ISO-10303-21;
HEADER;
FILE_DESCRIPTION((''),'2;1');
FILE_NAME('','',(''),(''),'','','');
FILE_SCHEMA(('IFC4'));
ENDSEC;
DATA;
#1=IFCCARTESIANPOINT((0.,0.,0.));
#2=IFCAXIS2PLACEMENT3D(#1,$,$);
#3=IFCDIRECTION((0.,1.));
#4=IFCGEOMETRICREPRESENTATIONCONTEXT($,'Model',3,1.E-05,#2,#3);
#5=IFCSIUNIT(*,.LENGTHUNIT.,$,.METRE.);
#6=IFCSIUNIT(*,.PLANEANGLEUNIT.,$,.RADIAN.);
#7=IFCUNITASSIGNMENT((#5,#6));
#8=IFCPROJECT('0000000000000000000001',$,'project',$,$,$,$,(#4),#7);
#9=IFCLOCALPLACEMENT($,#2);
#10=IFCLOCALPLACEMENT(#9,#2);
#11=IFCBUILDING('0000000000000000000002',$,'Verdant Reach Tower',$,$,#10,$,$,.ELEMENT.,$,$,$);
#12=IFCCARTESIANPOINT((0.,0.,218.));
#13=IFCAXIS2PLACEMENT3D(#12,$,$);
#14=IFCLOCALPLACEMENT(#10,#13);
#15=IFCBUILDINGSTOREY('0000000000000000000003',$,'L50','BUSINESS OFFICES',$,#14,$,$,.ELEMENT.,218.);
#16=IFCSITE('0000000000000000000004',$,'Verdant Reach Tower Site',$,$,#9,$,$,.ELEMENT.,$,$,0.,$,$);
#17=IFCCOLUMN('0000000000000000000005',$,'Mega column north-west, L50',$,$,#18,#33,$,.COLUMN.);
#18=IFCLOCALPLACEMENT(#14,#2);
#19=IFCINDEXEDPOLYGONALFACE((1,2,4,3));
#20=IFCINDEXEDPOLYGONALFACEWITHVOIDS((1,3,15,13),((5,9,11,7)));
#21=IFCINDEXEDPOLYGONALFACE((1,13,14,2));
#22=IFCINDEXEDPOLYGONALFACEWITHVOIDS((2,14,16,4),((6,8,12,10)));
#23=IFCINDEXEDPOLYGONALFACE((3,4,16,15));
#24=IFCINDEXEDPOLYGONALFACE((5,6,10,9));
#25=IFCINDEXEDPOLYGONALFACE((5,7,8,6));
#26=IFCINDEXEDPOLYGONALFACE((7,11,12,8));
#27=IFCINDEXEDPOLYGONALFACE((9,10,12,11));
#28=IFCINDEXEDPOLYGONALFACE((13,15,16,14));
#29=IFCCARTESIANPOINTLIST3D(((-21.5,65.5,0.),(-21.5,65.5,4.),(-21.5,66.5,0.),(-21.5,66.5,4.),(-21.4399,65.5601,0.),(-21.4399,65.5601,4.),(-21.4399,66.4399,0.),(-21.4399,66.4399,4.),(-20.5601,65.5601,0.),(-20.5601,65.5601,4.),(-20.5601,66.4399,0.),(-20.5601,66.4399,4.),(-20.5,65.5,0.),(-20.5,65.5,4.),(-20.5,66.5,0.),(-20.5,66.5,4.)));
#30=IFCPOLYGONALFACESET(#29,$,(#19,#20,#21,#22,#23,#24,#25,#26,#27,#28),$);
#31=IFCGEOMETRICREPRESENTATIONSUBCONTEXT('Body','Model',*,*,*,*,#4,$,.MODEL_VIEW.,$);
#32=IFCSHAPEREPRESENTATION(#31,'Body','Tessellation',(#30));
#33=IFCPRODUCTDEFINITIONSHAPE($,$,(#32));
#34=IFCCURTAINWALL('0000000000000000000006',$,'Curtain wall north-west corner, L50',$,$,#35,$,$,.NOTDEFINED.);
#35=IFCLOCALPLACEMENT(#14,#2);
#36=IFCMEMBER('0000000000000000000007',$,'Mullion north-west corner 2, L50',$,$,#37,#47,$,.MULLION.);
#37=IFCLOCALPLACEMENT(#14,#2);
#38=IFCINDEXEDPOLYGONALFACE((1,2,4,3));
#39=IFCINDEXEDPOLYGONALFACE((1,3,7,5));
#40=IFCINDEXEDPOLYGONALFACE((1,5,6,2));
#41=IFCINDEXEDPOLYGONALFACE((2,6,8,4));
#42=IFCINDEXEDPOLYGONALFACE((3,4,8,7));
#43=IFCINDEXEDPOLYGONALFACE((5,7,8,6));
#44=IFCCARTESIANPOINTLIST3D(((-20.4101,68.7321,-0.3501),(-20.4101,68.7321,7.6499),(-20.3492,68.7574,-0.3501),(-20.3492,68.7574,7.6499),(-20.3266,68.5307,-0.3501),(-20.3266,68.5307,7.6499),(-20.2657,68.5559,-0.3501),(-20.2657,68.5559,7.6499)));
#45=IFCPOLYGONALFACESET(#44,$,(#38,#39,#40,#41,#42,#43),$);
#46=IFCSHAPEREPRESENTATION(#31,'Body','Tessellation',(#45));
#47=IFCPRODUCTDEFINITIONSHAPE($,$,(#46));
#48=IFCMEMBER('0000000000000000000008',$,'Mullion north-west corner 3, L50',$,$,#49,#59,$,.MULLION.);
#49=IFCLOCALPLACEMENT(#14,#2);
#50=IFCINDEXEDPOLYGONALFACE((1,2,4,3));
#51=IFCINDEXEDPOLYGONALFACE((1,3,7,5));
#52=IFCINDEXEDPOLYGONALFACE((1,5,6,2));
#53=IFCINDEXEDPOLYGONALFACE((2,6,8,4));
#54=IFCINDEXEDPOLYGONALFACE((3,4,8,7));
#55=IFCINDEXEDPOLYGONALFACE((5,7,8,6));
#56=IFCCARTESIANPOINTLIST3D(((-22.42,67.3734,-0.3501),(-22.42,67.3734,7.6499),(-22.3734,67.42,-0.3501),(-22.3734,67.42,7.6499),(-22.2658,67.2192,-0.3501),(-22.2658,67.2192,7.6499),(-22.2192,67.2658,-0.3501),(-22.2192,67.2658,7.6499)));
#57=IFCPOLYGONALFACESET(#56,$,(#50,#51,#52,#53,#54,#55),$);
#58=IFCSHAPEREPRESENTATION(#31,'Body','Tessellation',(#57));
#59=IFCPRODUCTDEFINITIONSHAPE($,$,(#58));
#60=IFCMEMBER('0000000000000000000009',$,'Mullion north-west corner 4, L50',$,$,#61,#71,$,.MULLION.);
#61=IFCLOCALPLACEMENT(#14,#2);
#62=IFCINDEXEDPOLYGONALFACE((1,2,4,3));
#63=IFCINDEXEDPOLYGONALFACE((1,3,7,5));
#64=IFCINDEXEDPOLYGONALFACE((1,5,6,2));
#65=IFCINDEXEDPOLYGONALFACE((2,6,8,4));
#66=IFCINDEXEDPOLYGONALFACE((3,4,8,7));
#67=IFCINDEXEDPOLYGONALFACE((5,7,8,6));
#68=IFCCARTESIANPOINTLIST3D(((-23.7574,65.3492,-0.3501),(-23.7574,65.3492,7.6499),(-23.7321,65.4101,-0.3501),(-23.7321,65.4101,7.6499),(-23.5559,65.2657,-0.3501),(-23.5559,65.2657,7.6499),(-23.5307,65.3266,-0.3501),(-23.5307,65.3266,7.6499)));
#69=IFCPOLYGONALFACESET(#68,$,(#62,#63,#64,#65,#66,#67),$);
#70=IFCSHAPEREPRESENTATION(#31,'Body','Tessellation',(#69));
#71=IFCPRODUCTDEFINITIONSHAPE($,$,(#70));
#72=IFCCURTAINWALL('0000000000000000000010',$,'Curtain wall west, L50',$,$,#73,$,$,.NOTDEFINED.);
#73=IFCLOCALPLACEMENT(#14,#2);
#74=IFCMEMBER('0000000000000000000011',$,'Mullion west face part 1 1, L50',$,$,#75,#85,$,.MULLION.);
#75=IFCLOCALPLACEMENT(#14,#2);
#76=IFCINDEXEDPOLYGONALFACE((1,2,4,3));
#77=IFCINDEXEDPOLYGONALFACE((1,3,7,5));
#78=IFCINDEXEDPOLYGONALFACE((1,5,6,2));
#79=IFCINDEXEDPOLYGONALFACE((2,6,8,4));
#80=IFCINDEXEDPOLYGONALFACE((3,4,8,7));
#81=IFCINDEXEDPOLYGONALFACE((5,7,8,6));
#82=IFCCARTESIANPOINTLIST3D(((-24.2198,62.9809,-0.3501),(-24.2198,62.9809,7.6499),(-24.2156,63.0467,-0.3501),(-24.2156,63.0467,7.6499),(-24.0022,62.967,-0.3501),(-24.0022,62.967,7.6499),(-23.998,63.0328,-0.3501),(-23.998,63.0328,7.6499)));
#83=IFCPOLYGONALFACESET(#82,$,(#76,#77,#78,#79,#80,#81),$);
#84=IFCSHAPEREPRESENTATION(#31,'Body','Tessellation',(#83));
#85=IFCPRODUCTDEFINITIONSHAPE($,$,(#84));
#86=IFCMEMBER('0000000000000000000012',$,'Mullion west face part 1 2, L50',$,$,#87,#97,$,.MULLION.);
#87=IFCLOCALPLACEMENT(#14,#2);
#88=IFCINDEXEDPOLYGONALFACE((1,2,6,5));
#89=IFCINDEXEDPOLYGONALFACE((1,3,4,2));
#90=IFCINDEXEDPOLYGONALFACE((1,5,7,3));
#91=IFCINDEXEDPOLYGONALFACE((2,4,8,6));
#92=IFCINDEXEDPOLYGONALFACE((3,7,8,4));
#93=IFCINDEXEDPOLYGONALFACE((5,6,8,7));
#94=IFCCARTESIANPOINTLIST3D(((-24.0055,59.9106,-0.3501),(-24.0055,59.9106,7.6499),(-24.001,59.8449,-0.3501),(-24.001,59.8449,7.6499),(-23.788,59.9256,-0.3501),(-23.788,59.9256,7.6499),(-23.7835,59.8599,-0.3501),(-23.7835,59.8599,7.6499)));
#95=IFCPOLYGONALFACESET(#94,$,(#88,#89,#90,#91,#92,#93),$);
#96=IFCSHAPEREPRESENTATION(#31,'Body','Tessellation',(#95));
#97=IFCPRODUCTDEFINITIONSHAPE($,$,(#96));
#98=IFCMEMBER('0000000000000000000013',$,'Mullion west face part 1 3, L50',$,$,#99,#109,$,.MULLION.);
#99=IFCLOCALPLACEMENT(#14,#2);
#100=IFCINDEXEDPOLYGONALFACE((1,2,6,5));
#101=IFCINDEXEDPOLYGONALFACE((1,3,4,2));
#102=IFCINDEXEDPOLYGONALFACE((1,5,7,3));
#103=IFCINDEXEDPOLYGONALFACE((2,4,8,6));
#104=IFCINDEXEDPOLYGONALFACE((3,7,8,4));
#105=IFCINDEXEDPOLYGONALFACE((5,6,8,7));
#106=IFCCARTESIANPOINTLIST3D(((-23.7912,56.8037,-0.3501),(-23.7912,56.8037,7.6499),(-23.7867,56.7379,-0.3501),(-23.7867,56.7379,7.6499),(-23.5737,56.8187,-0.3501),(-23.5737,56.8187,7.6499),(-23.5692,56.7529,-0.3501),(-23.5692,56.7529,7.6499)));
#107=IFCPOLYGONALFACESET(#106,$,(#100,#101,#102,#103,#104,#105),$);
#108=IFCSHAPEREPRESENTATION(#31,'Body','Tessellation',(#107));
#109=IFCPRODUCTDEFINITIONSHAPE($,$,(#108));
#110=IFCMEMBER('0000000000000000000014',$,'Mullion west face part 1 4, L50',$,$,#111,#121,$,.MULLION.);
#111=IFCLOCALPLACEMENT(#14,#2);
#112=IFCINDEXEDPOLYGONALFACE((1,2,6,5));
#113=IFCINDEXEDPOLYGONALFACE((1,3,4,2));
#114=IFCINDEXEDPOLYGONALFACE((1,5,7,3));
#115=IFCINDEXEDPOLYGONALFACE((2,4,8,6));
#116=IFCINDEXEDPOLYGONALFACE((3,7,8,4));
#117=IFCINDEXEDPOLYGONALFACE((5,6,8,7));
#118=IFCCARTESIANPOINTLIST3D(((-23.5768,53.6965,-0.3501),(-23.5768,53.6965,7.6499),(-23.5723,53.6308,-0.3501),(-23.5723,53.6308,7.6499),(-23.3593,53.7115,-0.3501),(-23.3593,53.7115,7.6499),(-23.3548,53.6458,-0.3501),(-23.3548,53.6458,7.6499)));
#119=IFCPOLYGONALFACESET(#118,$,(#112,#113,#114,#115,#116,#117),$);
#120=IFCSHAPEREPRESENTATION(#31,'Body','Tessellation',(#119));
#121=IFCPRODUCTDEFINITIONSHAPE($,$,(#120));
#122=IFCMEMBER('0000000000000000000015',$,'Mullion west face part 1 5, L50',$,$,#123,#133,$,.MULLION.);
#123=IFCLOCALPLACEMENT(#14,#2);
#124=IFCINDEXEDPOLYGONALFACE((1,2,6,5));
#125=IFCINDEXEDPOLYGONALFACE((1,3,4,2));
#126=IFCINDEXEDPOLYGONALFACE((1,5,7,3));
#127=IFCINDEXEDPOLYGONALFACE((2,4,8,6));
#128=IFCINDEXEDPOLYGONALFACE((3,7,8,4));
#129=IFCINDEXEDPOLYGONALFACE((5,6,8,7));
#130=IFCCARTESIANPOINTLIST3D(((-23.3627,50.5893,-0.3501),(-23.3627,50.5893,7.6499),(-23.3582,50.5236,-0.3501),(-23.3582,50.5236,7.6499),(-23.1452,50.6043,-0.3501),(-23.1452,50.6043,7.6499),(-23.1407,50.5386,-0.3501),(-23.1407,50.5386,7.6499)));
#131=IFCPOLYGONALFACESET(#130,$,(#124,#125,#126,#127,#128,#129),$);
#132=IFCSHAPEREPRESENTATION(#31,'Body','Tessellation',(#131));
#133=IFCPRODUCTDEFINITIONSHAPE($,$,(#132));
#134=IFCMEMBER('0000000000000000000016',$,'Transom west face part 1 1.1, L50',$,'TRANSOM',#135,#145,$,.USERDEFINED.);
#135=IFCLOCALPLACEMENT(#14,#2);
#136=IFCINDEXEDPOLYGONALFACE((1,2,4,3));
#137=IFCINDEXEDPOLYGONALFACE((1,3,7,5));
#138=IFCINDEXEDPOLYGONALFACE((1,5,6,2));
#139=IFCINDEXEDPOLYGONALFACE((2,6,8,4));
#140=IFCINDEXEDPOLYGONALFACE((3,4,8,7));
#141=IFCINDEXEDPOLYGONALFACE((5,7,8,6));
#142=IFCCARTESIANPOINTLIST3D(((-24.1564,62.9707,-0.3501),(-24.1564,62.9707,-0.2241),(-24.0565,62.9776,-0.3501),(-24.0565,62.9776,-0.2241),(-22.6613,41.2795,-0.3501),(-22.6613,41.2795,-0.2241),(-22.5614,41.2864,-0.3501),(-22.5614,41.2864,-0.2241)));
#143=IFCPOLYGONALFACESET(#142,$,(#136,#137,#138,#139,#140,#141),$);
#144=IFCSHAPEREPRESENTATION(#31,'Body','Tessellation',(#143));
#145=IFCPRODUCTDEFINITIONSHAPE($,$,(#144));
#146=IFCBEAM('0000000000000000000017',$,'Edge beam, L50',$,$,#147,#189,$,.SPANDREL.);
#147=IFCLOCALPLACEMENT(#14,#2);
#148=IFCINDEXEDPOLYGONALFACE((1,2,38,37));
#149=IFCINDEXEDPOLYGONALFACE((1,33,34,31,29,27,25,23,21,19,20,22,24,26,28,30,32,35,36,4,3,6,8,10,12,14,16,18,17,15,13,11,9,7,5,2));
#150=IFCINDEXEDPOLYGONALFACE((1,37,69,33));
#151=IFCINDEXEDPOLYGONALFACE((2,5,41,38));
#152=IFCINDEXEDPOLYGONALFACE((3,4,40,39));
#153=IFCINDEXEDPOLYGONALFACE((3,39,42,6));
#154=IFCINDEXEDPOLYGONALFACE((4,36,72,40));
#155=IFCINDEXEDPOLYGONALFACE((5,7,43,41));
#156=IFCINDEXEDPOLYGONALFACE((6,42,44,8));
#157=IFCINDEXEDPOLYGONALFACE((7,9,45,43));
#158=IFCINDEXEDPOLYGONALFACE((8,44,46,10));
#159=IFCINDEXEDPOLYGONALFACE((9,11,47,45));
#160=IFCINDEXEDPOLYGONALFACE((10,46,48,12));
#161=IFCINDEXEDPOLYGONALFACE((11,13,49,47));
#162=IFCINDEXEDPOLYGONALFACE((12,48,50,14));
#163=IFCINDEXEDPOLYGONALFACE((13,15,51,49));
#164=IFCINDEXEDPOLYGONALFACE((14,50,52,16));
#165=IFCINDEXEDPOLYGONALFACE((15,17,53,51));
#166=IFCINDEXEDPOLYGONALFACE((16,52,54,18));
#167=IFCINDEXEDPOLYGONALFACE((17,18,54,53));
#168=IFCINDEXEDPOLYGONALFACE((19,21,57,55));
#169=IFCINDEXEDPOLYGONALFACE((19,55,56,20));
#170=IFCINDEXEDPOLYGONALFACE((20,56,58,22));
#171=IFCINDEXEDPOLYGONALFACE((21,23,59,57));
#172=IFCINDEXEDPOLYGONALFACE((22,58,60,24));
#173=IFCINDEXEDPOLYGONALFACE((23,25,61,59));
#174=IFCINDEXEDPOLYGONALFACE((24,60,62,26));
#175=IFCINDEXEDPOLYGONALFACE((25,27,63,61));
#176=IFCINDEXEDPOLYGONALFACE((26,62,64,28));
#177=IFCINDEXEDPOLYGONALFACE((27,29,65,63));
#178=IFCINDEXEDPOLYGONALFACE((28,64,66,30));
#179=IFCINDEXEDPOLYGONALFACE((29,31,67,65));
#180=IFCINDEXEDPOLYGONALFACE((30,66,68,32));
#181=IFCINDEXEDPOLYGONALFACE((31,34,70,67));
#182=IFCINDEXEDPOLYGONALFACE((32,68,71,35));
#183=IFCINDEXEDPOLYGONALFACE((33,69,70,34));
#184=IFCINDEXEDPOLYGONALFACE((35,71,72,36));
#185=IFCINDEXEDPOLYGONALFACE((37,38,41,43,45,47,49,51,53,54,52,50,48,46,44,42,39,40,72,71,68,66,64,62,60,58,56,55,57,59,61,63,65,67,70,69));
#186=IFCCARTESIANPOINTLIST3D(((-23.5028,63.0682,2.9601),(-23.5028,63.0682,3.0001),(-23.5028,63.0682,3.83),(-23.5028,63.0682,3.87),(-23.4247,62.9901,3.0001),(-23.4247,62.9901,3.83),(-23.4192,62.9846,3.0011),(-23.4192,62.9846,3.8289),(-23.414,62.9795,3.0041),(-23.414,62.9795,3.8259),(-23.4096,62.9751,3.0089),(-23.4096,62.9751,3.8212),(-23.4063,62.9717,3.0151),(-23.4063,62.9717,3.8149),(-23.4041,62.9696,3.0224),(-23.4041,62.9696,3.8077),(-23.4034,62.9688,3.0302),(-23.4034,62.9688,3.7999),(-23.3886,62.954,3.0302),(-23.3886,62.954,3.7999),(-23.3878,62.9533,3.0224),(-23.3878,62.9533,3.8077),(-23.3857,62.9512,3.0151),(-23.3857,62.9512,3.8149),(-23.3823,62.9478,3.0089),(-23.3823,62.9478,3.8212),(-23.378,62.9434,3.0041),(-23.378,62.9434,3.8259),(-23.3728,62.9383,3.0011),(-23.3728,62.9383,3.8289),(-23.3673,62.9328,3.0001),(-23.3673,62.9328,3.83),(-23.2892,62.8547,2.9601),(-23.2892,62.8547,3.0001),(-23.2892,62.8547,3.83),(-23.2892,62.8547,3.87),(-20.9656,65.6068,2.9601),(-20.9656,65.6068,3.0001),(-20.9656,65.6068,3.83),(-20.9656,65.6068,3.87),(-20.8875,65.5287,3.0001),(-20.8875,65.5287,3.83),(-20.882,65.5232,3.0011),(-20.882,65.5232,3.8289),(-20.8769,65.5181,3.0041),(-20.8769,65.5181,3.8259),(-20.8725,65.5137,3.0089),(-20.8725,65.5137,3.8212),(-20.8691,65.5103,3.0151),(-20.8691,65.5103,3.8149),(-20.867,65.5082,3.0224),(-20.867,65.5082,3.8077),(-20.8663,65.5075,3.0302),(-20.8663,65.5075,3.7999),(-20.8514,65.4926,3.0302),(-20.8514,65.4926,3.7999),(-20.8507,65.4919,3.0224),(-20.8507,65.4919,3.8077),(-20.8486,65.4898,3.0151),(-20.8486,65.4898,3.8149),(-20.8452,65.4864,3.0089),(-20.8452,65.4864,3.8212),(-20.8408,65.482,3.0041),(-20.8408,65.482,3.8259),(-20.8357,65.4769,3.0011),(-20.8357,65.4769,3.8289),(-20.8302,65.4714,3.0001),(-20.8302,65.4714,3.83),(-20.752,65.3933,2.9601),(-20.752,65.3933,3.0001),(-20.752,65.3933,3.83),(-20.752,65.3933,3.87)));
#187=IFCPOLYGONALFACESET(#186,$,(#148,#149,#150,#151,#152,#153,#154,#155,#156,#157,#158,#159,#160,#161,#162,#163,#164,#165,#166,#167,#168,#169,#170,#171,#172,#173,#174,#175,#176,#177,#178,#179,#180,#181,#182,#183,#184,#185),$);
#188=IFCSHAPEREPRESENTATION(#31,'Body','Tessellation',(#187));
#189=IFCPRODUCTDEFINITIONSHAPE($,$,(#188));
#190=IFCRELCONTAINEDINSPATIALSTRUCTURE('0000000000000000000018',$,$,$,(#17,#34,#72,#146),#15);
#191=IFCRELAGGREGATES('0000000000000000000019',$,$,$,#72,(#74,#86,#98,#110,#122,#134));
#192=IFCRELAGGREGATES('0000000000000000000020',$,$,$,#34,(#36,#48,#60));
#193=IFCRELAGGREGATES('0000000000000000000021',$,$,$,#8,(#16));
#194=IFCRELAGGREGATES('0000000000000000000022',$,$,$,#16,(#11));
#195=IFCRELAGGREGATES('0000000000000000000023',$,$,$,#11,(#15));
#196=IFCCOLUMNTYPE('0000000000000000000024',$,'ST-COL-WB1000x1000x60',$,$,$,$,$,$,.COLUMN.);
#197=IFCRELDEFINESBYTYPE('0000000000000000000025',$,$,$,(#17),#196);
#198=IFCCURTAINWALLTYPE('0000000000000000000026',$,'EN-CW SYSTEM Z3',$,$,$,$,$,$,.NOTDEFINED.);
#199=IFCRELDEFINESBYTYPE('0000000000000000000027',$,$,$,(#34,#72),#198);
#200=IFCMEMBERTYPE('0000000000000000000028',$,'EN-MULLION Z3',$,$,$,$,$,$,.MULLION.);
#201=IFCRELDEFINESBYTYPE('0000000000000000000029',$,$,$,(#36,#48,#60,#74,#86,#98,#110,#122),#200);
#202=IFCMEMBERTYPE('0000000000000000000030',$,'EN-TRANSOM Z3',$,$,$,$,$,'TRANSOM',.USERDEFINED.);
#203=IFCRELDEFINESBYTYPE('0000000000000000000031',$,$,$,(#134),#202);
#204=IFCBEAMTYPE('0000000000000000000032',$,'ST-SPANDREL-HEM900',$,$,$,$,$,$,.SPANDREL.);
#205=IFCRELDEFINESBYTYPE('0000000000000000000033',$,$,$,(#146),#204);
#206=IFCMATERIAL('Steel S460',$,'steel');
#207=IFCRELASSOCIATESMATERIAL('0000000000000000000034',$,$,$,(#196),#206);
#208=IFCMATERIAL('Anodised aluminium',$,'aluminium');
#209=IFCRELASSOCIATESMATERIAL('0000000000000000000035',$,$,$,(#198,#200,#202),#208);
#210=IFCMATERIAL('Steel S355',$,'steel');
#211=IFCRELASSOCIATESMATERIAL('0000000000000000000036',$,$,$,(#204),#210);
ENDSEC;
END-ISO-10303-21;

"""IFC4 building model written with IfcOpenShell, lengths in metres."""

from ifc_helpers import new_model, si_unit, direction, frame, origin, origin_2d, place, context, subcontext, project, spatial, rectangle, hollow_rectangle, i_section, extrude, material, material_profile, profile_set, type_object, element, aggregate, save


model = new_model("IFC4")

# Units and contexts
model_context = context("Model", 3, precision=1e-05, world=origin(), true_north=direction((0.0, 1.0)))
body_context = subcontext(model_context, "Body", "Model", "MODEL_VIEW")
ifc_project = project(units=[si_unit("LENGTHUNIT", "METRE"), si_unit("PLANEANGLEUNIT", "RADIAN")], contexts=[model_context])

# Site, building, storey
site_placement = place(None, origin())
site = spatial("IfcSite", under=ifc_project, at=site_placement, Name="Verdant Reach Tower Site", CompositionType="ELEMENT", RefElevation=0.0)
building_placement = place(site_placement, origin())
building = spatial("IfcBuilding", under=site, at=building_placement, Name="Verdant Reach Tower", CompositionType="ELEMENT")
storey_placement = place(building_placement, frame((0.0, 0.0, 218.0)))
storey = spatial("IfcBuildingStorey", under=building, at=storey_placement, Name="L50", Description="BUSINESS OFFICES", CompositionType="ELEMENT", Elevation=218.0)

# Column
ifc_material_1 = material(Name="Steel S460", Category="steel")
ifc_material_profile_1 = material_profile(ifc_material_1, hollow_rectangle(XDim=1.0, YDim=1.0, WallThickness=0.0601, at=origin_2d()), Name="WB 1000x1000x60")
ifc_profile_set_1 = profile_set([ifc_material_profile_1], Name="Steel S460")
column_type = type_object("IfcColumnType", Name="ST-COL-WB1000x1000x60", PredefinedType="COLUMN", material=ifc_profile_set_1)
column_placement = place(storey_placement, frame((-21.0, 66.0, 0.0), z_axis=(0.0, 0.0, 1.0), x_axis=(1.0, 0.0, 0.0)))
element("IfcColumn", 1, at=column_placement, inside=storey, type_object=column_type, Name="Mega column north-west, L50", PredefinedType="COLUMN", context=body_context, shape_type="SweptSolid", body=[
    extrude(hollow_rectangle(XDim=1.0, YDim=1.0, WallThickness=0.0601, at=origin_2d()), origin(), (0.0, 0.0, 1.0), 4.0),
])

# Curtain walls, members
ifc_material_2 = material(Name="Anodised aluminium", Category="aluminium")
curtain_wall_type = type_object("IfcCurtainWallType", Name="EN-CW SYSTEM Z3", PredefinedType="NOTDEFINED", material=ifc_material_2)
curtain_wall_1_placement = place(storey_placement, origin())
curtain_wall_1 = element("IfcCurtainWall", 2, at=curtain_wall_1_placement, inside=storey, type_object=curtain_wall_type, Name="Curtain wall north-west corner, L50", PredefinedType="NOTDEFINED")
ifc_material_profile_2 = material_profile(ifc_material_2, rectangle(XDim=0.218, YDim=0.0659, at=origin_2d()), Name="Mullion 66x218")
ifc_profile_set_2 = profile_set([ifc_material_profile_2], Name="Anodised aluminium")
member_type_1 = type_object("IfcMemberType", Name="EN-MULLION Z3", PredefinedType="MULLION", material=ifc_profile_set_2)
member_1_placement = place(storey_placement, frame((-20.3379, 68.644, -0.3501), z_axis=(0.0, 0.0, 1.0), x_axis=(-0.382694, 0.923875, 0.0)))
member_1 = element("IfcMember", 3, at=member_1_placement, type_object=member_type_1, Name="Mullion north-west corner 2, L50", PredefinedType="MULLION", context=body_context, shape_type="SweptSolid", body=[
    extrude(rectangle(XDim=0.218, YDim=0.0659, at=origin_2d()), origin(), (0.0, 0.0, 1.0), 8.0),
])
member_2_placement = place(storey_placement, frame((-22.3196, 67.3196, -0.3501), z_axis=(0.0, 0.0, 1.0), x_axis=(-0.707107, 0.707107, 0.0)))
member_2 = element("IfcMember", 4, at=member_2_placement, type_object=member_type_1, Name="Mullion north-west corner 3, L50", PredefinedType="MULLION", context=body_context, shape_type="SweptSolid", body=[
    extrude(rectangle(XDim=0.218, YDim=0.0659, at=origin_2d()), origin(), (0.0, 0.0, 1.0), 8.0),
])
member_3_placement = place(storey_placement, frame((-23.644, 65.3379, -0.3501), z_axis=(0.0, 0.0, 1.0), x_axis=(-0.923875, 0.382694, 0.0)))
member_3 = element("IfcMember", 5, at=member_3_placement, type_object=member_type_1, Name="Mullion north-west corner 4, L50", PredefinedType="MULLION", context=body_context, shape_type="SweptSolid", body=[
    extrude(rectangle(XDim=0.218, YDim=0.0659, at=origin_2d()), origin(), (0.0, 0.0, 1.0), 8.0),
])
curtain_wall_2_placement = place(storey_placement, origin())
curtain_wall_2 = element("IfcCurtainWall", 6, at=curtain_wall_2_placement, inside=storey, type_object=curtain_wall_type, Name="Curtain wall west, L50", PredefinedType="NOTDEFINED")
member_4_placement = place(storey_placement, frame((-24.1089, 63.0068, -0.3501), z_axis=(0.0, 0.0, 1.0), x_axis=(-0.997969, 0.063699, 0.0)))
member_4 = element("IfcMember", 7, at=member_4_placement, type_object=member_type_1, Name="Mullion west face part 1 1, L50", PredefinedType="MULLION", context=body_context, shape_type="SweptSolid", body=[
    extrude(rectangle(XDim=0.218, YDim=0.0659, at=origin_2d()), origin(), (0.0, 0.0, 1.0), 8.0),
])
member_5_placement = place(storey_placement, frame((-23.8945, 59.8853, -0.3501), z_axis=(0.0, 0.0, 1.0), x_axis=(-0.99763, -0.068802, 0.0)))
member_5 = element("IfcMember", 8, at=member_5_placement, type_object=member_type_1, Name="Mullion west face part 1 2, L50", PredefinedType="MULLION", context=body_context, shape_type="SweptSolid", body=[
    extrude(rectangle(XDim=0.218, YDim=0.0659, at=origin_2d()), origin(), (0.0, 0.0, 1.0), 8.0),
])
member_6_placement = place(storey_placement, frame((-23.6802, 56.7783, -0.3501), z_axis=(0.0, 0.0, 1.0), x_axis=(-0.99763, -0.068802, 0.0)))
member_6 = element("IfcMember", 9, at=member_6_placement, type_object=member_type_1, Name="Mullion west face part 1 3, L50", PredefinedType="MULLION", context=body_context, shape_type="SweptSolid", body=[
    extrude(rectangle(XDim=0.218, YDim=0.0659, at=origin_2d()), origin(), (0.0, 0.0, 1.0), 8.0),
])
member_7_placement = place(storey_placement, frame((-23.4658, 53.6711, -0.3501), z_axis=(0.0, 0.0, 1.0), x_axis=(-0.99763, -0.068802, 0.0)))
member_7 = element("IfcMember", 10, at=member_7_placement, type_object=member_type_1, Name="Mullion west face part 1 4, L50", PredefinedType="MULLION", context=body_context, shape_type="SweptSolid", body=[
    extrude(rectangle(XDim=0.218, YDim=0.0659, at=origin_2d()), origin(), (0.0, 0.0, 1.0), 8.0),
])
member_8_placement = place(storey_placement, frame((-23.2517, 50.564, -0.3501), z_axis=(0.0, 0.0, 1.0), x_axis=(-0.99763, -0.068802, 0.0)))
member_8 = element("IfcMember", 11, at=member_8_placement, type_object=member_type_1, Name="Mullion west face part 1 5, L50", PredefinedType="MULLION", context=body_context, shape_type="SweptSolid", body=[
    extrude(rectangle(XDim=0.218, YDim=0.0659, at=origin_2d()), origin(), (0.0, 0.0, 1.0), 8.0),
])
ifc_material_profile_3 = material_profile(ifc_material_2, rectangle(XDim=0.1001, YDim=0.126, at=origin_2d()), Name="Transom 126x100")
ifc_profile_set_3 = profile_set([ifc_material_profile_3], Name="Anodised aluminium")
member_type_2 = type_object("IfcMemberType", Name="EN-TRANSOM Z3", ElementType="TRANSOM", PredefinedType="USERDEFINED", material=ifc_profile_set_3)
member_9_placement = place(storey_placement, frame((-24.1064, 62.9741, -0.2871), z_axis=(0.068764, -0.997633, 0.0), x_axis=(0.997633, 0.068764, 0.0)))
member_9 = element("IfcMember", 12, at=member_9_placement, type_object=member_type_2, Name="Transom west face part 1 1.1, L50", ObjectType="TRANSOM", PredefinedType="USERDEFINED", context=body_context, shape_type="SweptSolid", body=[
    extrude(rectangle(XDim=0.1001, YDim=0.126, at=origin_2d()), origin(), (0.0, 0.0, 1.0), 21.7427),
])

# Beam
ifc_material_3 = material(Name="Steel S355", Category="steel")
ifc_material_profile_4 = material_profile(ifc_material_3, i_section(OverallWidth=0.302, OverallDepth=0.9099, WebThickness=0.021, FlangeThickness=0.04, FilletRadius=0.03, at=origin_2d()), Name="HEM 900")
ifc_profile_set_4 = profile_set([ifc_material_profile_4], Name="Steel S355")
beam_type = type_object("IfcBeamType", Name="ST-SPANDREL-HEM900", PredefinedType="SPANDREL", material=ifc_profile_set_4)
beam_1_placement = place(storey_placement, frame((-23.396, 62.9614, 3.415), z_axis=(0.706903, 0.707311, 0.0), x_axis=(-0.707311, 0.706903, 0.0)))
element("IfcBeam", 13, at=beam_1_placement, inside=storey, type_object=beam_type, Name="Edge beam, L50", PredefinedType="SPANDREL", context=body_context, shape_type="SweptSolid", body=[
    extrude(i_section(OverallWidth=0.302, OverallDepth=0.9099, WebThickness=0.021, FlangeThickness=0.04, FilletRadius=0.03, at=origin_2d()), origin(), (0.0, 0.0, 1.0), 3.5891),
])

aggregate(curtain_wall_2, [member_4, member_5, member_6, member_7, member_8, member_9])
aggregate(curtain_wall_1, [member_1, member_2, member_3])

save(model, "model.ifc")
